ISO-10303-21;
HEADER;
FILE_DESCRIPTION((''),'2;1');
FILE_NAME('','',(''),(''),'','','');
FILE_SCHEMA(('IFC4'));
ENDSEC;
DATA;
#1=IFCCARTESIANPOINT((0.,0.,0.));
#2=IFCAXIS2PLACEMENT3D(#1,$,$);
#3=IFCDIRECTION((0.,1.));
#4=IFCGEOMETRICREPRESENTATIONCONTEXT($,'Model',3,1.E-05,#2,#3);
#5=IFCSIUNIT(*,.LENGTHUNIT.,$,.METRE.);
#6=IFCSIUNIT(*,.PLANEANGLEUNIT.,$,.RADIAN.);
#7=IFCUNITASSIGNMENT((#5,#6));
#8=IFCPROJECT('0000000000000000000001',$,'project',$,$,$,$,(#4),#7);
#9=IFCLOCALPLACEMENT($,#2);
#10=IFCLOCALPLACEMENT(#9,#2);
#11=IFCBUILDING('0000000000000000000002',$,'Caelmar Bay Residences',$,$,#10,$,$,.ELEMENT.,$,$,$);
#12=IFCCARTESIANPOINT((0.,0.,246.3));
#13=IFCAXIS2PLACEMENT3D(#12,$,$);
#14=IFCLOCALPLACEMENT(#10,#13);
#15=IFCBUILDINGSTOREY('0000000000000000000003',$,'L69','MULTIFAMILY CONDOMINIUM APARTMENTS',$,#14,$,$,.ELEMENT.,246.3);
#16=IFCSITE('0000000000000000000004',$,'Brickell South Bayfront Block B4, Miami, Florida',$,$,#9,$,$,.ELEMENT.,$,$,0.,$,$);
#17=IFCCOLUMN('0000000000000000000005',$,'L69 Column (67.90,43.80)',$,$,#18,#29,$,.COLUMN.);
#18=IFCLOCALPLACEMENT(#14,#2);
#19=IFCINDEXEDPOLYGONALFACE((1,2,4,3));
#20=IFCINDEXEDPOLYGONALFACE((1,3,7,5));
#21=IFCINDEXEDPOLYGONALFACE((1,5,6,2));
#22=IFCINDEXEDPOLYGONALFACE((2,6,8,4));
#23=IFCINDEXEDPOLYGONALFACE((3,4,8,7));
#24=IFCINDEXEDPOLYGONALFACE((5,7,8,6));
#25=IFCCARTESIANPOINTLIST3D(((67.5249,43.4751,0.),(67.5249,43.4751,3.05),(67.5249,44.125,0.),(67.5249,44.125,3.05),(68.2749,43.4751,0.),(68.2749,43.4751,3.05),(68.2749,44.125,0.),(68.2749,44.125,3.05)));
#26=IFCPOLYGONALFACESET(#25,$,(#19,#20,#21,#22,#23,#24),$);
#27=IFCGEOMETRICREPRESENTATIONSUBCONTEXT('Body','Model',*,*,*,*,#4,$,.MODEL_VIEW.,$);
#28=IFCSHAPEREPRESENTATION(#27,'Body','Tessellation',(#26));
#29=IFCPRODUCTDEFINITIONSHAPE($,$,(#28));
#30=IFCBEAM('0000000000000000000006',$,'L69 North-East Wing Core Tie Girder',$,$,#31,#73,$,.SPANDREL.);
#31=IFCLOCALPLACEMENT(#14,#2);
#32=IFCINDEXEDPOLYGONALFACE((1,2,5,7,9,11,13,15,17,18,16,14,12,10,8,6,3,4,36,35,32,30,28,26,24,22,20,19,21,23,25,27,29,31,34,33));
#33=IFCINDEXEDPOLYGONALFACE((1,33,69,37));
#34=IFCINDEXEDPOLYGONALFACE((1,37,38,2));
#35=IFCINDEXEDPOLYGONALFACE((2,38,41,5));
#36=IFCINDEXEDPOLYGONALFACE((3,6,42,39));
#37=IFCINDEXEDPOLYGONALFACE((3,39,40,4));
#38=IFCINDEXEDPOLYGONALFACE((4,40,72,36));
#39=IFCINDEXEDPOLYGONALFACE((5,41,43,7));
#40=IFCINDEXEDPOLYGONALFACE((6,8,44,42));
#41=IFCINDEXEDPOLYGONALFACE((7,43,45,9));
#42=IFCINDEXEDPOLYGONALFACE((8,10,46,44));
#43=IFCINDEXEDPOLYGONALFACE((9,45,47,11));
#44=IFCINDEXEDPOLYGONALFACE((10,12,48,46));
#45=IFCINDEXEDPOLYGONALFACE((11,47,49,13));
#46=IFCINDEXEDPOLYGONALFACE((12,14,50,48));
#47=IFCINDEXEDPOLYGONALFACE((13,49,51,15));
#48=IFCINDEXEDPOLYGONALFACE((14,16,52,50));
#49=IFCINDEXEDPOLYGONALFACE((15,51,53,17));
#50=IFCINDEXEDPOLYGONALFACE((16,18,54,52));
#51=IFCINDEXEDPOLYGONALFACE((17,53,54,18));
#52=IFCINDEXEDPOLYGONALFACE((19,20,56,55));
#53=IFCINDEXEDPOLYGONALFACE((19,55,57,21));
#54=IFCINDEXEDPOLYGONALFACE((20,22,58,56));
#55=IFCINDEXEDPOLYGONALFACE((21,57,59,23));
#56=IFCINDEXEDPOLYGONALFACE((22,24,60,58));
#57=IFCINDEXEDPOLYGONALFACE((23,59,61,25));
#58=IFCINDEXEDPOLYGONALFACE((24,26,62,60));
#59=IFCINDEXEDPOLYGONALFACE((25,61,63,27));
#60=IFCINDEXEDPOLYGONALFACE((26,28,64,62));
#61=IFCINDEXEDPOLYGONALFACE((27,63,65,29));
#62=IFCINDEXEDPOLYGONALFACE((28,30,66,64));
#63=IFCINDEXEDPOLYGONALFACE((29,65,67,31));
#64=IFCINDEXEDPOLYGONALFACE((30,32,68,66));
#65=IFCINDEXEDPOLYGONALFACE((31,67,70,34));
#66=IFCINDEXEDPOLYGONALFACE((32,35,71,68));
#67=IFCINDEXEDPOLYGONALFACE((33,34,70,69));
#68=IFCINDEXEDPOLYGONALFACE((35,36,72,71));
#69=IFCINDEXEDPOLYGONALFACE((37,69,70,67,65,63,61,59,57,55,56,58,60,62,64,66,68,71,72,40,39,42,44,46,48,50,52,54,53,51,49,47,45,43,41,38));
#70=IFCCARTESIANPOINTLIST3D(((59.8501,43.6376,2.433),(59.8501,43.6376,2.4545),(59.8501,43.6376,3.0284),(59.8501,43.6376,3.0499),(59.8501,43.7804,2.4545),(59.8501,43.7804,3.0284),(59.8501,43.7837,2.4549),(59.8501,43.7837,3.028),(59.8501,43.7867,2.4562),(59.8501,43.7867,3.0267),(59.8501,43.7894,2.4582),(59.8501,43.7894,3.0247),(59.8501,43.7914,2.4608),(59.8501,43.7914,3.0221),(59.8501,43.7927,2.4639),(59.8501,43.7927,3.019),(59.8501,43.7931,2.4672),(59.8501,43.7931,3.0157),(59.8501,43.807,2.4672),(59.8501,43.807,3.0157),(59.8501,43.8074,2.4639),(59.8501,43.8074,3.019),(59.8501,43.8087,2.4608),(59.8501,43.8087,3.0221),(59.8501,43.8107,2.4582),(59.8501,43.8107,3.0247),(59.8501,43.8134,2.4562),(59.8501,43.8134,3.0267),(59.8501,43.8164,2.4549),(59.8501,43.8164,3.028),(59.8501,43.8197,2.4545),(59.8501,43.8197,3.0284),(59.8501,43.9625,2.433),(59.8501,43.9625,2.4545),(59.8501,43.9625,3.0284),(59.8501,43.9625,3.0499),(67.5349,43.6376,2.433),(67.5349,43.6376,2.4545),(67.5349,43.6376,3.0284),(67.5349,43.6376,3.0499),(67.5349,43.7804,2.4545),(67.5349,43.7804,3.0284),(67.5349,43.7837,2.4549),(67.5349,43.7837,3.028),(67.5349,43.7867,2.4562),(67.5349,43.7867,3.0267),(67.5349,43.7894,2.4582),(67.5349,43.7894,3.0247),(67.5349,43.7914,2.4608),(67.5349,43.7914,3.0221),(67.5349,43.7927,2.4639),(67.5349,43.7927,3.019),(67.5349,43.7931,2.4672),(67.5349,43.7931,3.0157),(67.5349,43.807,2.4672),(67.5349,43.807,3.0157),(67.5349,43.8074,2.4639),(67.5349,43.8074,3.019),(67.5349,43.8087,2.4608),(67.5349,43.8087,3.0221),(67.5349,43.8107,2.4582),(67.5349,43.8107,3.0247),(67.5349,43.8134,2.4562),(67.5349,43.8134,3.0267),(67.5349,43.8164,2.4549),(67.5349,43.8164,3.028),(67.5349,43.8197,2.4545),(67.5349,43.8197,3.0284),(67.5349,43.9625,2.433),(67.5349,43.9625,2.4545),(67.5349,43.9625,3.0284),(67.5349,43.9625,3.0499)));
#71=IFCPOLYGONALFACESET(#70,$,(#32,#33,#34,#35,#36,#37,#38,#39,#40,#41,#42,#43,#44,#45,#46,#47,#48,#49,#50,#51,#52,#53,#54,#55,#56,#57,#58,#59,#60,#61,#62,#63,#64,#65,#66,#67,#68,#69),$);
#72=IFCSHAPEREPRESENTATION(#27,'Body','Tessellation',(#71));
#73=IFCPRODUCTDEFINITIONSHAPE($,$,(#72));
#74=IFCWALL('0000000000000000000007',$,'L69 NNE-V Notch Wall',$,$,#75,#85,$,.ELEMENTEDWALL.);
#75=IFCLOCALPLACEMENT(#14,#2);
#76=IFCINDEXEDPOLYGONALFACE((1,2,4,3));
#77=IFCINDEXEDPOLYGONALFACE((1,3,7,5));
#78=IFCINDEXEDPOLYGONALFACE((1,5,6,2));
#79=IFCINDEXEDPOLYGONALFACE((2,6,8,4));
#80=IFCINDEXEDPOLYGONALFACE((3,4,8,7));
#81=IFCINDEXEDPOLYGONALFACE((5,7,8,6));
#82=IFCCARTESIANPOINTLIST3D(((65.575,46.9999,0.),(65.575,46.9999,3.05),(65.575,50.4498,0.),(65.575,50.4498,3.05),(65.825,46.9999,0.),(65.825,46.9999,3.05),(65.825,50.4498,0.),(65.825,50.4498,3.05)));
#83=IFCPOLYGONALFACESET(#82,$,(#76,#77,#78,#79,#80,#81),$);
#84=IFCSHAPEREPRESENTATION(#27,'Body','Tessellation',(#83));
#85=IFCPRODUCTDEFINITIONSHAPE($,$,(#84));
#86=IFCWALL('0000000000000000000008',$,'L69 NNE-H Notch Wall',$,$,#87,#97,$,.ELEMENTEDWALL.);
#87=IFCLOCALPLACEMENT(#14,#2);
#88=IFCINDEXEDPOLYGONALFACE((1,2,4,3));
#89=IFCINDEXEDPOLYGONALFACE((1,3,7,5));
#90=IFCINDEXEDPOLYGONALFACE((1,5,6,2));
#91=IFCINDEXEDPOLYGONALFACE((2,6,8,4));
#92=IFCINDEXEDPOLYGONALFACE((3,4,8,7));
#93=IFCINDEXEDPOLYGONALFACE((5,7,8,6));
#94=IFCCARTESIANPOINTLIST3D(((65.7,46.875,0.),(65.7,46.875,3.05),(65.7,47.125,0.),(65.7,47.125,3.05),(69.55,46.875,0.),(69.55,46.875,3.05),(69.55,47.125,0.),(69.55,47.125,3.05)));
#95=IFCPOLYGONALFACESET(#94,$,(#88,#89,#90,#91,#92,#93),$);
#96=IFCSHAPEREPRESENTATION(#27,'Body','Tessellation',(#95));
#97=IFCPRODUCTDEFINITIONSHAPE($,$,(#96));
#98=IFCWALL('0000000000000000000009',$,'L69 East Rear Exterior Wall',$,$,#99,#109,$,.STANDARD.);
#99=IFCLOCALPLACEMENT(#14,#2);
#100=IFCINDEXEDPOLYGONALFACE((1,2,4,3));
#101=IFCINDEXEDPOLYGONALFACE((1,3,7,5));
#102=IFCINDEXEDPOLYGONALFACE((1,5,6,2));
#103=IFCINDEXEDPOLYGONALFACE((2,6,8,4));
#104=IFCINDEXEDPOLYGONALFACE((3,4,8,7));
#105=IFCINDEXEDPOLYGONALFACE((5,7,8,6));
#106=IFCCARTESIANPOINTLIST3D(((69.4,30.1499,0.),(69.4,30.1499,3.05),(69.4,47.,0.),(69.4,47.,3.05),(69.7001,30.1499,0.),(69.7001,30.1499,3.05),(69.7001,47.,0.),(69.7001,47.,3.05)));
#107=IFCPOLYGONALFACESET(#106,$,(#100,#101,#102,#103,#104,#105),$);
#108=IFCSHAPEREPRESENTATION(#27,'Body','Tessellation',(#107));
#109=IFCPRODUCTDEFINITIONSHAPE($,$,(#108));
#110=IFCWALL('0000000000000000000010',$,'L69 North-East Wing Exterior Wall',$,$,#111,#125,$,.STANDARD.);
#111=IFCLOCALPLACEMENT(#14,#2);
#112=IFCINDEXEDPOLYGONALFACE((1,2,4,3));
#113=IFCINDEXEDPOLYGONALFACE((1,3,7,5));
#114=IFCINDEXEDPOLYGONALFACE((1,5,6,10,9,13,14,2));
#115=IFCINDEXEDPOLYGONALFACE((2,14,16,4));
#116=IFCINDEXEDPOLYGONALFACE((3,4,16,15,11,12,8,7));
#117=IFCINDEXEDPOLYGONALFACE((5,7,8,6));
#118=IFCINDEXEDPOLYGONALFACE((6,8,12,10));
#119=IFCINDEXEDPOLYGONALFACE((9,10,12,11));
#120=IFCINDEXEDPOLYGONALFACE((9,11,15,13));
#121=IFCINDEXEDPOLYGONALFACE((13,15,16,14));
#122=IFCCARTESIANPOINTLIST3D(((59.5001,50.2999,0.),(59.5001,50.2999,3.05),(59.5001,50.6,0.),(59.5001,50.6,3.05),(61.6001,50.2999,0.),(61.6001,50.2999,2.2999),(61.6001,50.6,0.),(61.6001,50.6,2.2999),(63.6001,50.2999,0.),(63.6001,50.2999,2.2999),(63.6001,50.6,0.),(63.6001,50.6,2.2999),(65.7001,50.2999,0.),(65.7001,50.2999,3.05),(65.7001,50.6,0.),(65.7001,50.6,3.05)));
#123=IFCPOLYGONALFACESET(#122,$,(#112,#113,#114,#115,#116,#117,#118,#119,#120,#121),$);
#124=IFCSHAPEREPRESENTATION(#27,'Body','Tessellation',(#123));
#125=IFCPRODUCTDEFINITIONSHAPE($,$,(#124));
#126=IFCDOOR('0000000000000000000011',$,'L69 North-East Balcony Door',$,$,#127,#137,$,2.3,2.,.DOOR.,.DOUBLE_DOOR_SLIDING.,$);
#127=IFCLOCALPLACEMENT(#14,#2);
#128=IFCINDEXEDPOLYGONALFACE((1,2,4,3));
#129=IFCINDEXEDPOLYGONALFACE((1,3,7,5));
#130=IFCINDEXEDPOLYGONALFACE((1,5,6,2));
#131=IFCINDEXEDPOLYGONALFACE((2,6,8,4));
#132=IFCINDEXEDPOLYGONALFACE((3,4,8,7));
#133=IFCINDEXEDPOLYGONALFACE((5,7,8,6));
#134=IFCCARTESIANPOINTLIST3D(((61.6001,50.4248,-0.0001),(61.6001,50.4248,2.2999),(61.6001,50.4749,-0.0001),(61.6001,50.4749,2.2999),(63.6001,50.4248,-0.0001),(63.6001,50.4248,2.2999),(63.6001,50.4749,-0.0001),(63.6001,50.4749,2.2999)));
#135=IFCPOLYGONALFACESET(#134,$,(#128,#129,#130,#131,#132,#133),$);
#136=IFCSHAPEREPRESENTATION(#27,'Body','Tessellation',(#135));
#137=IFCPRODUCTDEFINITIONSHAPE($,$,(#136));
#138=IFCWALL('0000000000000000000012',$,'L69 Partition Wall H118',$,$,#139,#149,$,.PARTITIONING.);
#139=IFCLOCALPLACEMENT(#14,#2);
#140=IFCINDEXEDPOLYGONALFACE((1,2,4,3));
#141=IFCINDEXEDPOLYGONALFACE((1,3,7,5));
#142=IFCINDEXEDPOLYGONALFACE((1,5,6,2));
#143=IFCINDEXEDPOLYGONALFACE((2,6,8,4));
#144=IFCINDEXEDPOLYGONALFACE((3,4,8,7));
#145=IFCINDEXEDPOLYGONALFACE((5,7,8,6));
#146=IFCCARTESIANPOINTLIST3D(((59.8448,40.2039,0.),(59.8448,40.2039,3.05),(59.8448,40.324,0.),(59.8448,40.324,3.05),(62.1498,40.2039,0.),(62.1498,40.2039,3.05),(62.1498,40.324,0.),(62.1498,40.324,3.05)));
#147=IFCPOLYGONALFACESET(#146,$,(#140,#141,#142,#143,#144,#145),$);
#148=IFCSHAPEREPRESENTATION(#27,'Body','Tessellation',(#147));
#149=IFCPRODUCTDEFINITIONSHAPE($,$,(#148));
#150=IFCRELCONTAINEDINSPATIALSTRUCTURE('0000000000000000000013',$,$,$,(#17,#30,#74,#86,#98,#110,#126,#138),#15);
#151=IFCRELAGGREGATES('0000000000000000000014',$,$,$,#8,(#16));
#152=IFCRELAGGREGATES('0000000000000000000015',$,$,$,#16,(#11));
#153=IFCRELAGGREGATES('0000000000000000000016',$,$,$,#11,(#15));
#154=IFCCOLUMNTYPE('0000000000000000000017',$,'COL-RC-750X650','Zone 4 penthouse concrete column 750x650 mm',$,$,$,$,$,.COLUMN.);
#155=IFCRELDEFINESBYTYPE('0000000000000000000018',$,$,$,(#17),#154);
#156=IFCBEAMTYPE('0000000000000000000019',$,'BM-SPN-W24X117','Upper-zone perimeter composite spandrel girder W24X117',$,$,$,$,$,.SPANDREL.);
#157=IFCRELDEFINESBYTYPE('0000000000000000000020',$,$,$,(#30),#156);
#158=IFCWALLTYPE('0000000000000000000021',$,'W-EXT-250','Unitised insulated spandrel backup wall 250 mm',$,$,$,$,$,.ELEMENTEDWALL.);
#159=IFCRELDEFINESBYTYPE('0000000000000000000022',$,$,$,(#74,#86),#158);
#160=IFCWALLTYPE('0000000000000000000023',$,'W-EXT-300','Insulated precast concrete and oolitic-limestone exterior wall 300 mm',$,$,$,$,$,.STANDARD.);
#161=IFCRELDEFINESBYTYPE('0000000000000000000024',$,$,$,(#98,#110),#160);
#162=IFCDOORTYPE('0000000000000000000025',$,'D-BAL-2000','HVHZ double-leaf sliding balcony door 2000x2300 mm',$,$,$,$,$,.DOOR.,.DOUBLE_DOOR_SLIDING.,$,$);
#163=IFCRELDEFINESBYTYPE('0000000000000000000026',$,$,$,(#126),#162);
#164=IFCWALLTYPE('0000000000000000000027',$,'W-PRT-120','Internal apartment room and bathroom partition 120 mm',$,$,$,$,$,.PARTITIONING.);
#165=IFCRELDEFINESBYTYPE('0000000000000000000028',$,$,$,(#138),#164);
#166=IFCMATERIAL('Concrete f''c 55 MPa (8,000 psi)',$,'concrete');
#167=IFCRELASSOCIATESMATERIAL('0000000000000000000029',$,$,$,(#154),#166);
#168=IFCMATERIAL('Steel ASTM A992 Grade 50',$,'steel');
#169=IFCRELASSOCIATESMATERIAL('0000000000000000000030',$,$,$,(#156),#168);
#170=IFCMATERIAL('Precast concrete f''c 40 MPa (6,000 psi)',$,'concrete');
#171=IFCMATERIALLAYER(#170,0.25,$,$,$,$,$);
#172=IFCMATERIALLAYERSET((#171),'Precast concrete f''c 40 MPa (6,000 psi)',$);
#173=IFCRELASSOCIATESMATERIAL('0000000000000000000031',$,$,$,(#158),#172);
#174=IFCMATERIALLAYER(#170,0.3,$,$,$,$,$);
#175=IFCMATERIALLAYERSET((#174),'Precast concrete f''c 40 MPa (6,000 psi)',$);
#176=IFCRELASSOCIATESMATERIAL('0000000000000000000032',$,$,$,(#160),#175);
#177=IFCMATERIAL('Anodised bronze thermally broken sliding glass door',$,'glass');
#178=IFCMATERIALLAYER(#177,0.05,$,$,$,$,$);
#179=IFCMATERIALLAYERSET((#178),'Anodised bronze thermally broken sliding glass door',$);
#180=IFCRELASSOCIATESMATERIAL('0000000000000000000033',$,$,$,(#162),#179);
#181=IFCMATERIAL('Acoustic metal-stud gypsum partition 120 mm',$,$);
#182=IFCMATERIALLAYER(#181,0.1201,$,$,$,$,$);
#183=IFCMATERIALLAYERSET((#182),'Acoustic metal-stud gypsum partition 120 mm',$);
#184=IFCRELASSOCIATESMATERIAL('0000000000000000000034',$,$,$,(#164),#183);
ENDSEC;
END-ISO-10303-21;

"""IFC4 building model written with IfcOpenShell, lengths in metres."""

from ifc_helpers import new_model, si_unit, direction, frame, frame_2d, origin, origin_2d, place, context, subcontext, project, spatial, rectangle, i_section, extrude, material, layer, layer_set, material_profile, profile_set, type_object, element, fill, save


model = new_model("IFC4")

# Units and contexts
model_context = context("Model", 3, precision=1e-05, world=origin(), true_north=direction((0.0, 1.0)))
body_context = subcontext(model_context, "Body", "Model", "MODEL_VIEW")
ifc_project = project(units=[si_unit("LENGTHUNIT", "METRE"), si_unit("PLANEANGLEUNIT", "RADIAN")], contexts=[model_context])

# Site, building, storey
site_placement = place(None, origin())
site = spatial("IfcSite", under=ifc_project, at=site_placement, Name="Brickell South Bayfront Block B4, Miami, Florida", CompositionType="ELEMENT", RefElevation=0.0)
building_placement = place(site_placement, origin())
building = spatial("IfcBuilding", under=site, at=building_placement, Name="Caelmar Bay Residences", CompositionType="ELEMENT")
storey_placement = place(building_placement, frame((0.0, 0.0, 246.3)))
storey = spatial("IfcBuildingStorey", under=building, at=storey_placement, Name="L69", Description="MULTIFAMILY CONDOMINIUM APARTMENTS", CompositionType="ELEMENT", Elevation=246.3)

# Column
ifc_material_1 = material(Name="Concrete f'c 55 MPa (8,000 psi)", Category="concrete")
ifc_material_profile_1 = material_profile(ifc_material_1, rectangle(XDim=0.75, YDim=0.6499, at=origin_2d()), Name="RC-COL-750X650")
ifc_profile_set_1 = profile_set([ifc_material_profile_1], Name="Concrete f'c 55 MPa (8,000 psi)")
column_type = type_object("IfcColumnType", Name="COL-RC-750X650", Description="Zone 4 penthouse concrete column 750x650 mm", PredefinedType="COLUMN", material=ifc_profile_set_1)
column_placement = place(storey_placement, frame((67.8999, 43.8, 0.0), z_axis=(0.0, 0.0, 1.0), x_axis=(1.0, 0.0, 0.0)))
element("IfcColumn", 1, at=column_placement, inside=storey, type_object=column_type, Name="L69 Column (67.90,43.80)", PredefinedType="COLUMN", context=body_context, shape_type="SweptSolid", body=[
    extrude(rectangle(XDim=0.75, YDim=0.6499, at=origin_2d()), origin(), (0.0, 0.0, 1.0), 3.05),
])

# Beam
ifc_material_2 = material(Name="Steel ASTM A992 Grade 50", Category="steel")
ifc_material_profile_2 = material_profile(ifc_material_2, i_section(OverallWidth=0.325, OverallDepth=0.6169, WebThickness=0.0139, FlangeThickness=0.0215, FilletRadius=0.0127, at=origin_2d()), Name="W24X117")
ifc_profile_set_2 = profile_set([ifc_material_profile_2], Name="Steel ASTM A992 Grade 50")
beam_type = type_object("IfcBeamType", Name="BM-SPN-W24X117", Description="Upper-zone perimeter composite spandrel girder W24X117", PredefinedType="SPANDREL", material=ifc_profile_set_2)
beam_placement = place(storey_placement, frame((59.8501, 43.8, 2.7415), z_axis=(1.0, 0.0, 0.0), x_axis=(0.0, 1.0, 0.0)))
element("IfcBeam", 2, at=beam_placement, inside=storey, type_object=beam_type, Name="L69 North-East Wing Core Tie Girder", PredefinedType="SPANDREL", context=body_context, shape_type="SweptSolid", body=[
    extrude(i_section(OverallWidth=0.325, OverallDepth=0.6169, WebThickness=0.0139, FlangeThickness=0.0215, FilletRadius=0.0127, at=origin_2d()), origin(), (0.0, 0.0, 1.0), 7.6848),
])

# Walls
ifc_material_3 = material(Name="Precast concrete f'c 40 MPa (6,000 psi)", Category="concrete")
ifc_layer_1 = layer(ifc_material_3, 0.25)
ifc_layer_set_1 = layer_set([ifc_layer_1], Name="Precast concrete f'c 40 MPa (6,000 psi)")
wall_type_1 = type_object("IfcWallType", Name="W-EXT-250", Description="Unitised insulated spandrel backup wall 250 mm", PredefinedType="ELEMENTEDWALL", material=ifc_layer_set_1)
wall_1_placement = place(storey_placement, frame((65.7, 50.45, 0.0), z_axis=(0.0, 0.0, 1.0), x_axis=(0.0, -1.0, 0.0)))
element("IfcWall", 3, at=wall_1_placement, inside=storey, type_object=wall_type_1, Name="L69 NNE-V Notch Wall", PredefinedType="ELEMENTEDWALL", context=body_context, shape_type="SweptSolid", body=[
    extrude(rectangle(XDim=3.45, YDim=0.25, at=frame_2d((1.7251, 0.0))), origin(), (0.0, 0.0, 1.0), 3.05),
])
wall_2_placement = place(storey_placement, frame((65.7, 47.0, 0.0), z_axis=(0.0, 0.0, 1.0), x_axis=(1.0, 0.0, 0.0)))
element("IfcWall", 4, at=wall_2_placement, inside=storey, type_object=wall_type_1, Name="L69 NNE-H Notch Wall", PredefinedType="ELEMENTEDWALL", context=body_context, shape_type="SweptSolid", body=[
    extrude(rectangle(XDim=3.8501, YDim=0.25, at=frame_2d((1.925, 0.0))), origin(), (0.0, 0.0, 1.0), 3.05),
])
ifc_layer_2 = layer(ifc_material_3, 0.3)
ifc_layer_set_2 = layer_set([ifc_layer_2], Name="Precast concrete f'c 40 MPa (6,000 psi)")
wall_type_2 = type_object("IfcWallType", Name="W-EXT-300", Description="Insulated precast concrete and oolitic-limestone exterior wall 300 mm", PredefinedType="STANDARD", material=ifc_layer_set_2)
wall_3_placement = place(storey_placement, frame((69.55, 47.0, 0.0), z_axis=(0.0, 0.0, 1.0), x_axis=(0.0, -1.0, 0.0)))
element("IfcWall", 5, at=wall_3_placement, inside=storey, type_object=wall_type_2, Name="L69 East Rear Exterior Wall", PredefinedType="STANDARD", context=body_context, shape_type="SweptSolid", body=[
    extrude(rectangle(XDim=16.8501, YDim=0.3, at=frame_2d((8.425, 0.0))), origin(), (0.0, 0.0, 1.0), 3.05),
])

# Wall, opening, door
wall_4_placement = place(storey_placement, frame((59.5, 50.45, 0.0), z_axis=(0.0, 0.0, 1.0), x_axis=(1.0, 0.0, 0.0)))
wall_4 = element("IfcWall", 6, at=wall_4_placement, inside=storey, type_object=wall_type_2, Name="L69 North-East Wing Exterior Wall", PredefinedType="STANDARD", context=body_context, shape_type="SweptSolid", body=[
    extrude(rectangle(XDim=6.2, YDim=0.3, at=frame_2d((3.1001, 0.0))), origin(), (0.0, 0.0, 1.0), 3.05),
])
opening_1_placement = place(wall_4_placement, frame((2.1001, 0.0, 0.0)))
opening_1 = element("IfcOpeningElement", 7, at=opening_1_placement, cuts=wall_4, PredefinedType="OPENING", context=body_context, shape_type="SweptSolid", body=[
    extrude(rectangle(XDim=2.0, YDim=2.3, at=frame_2d((1.0, 1.1499))), frame((0.0, 0.1599, 0.0), z_axis=(0.0, -1.0, 0.0), x_axis=(1.0, 0.0, 0.0)), (0.0, 0.0, 1.0), 0.3201),
])
ifc_material_4 = material(Name="Anodised bronze thermally broken sliding glass door", Category="glass")
ifc_layer_3 = layer(ifc_material_4, 0.05)
ifc_layer_set_3 = layer_set([ifc_layer_3], Name="Anodised bronze thermally broken sliding glass door")
door_type_1 = type_object("IfcDoorType", Name="D-BAL-2000", Description="HVHZ double-leaf sliding balcony door 2000x2300 mm", OperationType="DOUBLE_DOOR_SLIDING", PredefinedType="DOOR", material=ifc_layer_set_3)
door_1_placement = place(opening_1_placement, origin())
door_1 = element("IfcDoor", 8, at=door_1_placement, inside=storey, type_object=door_type_1, Name="L69 North-East Balcony Door", OperationType="DOUBLE_DOOR_SLIDING", OverallHeight=2.3, OverallWidth=2.0, PredefinedType="DOOR", context=body_context, shape_type="SweptSolid", body=[
    extrude(rectangle(XDim=2.0, YDim=2.3, at=frame_2d((1.0, 1.1499))), frame((0.0, 0.0249, 0.0), z_axis=(0.0, -1.0, 0.0), x_axis=(1.0, 0.0, 0.0)), (0.0, 0.0, 1.0), 0.05),
])
fill(opening_1, door_1)

# Wall
ifc_material_5 = material(Name="Acoustic metal-stud gypsum partition 120 mm")
ifc_layer_4 = layer(ifc_material_5, 0.1201)
ifc_layer_set_4 = layer_set([ifc_layer_4], Name="Acoustic metal-stud gypsum partition 120 mm")
wall_type_3 = type_object("IfcWallType", Name="W-PRT-120", Description="Internal apartment room and bathroom partition 120 mm", PredefinedType="PARTITIONING", material=ifc_layer_set_4)
wall_5_placement = place(storey_placement, frame((59.845, 40.2639, 0.0), z_axis=(0.0, 0.0, 1.0), x_axis=(1.0, 0.0, 0.0)))
element("IfcWall", 9, at=wall_5_placement, inside=storey, type_object=wall_type_3, Name="L69 Partition Wall H118", PredefinedType="PARTITIONING", context=body_context, shape_type="SweptSolid", body=[
    extrude(rectangle(XDim=2.3049, YDim=0.1201, at=frame_2d((1.1523, 0.0))), origin(), (0.0, 0.0, 1.0), 3.05),
])

save(model, "model.ifc")
